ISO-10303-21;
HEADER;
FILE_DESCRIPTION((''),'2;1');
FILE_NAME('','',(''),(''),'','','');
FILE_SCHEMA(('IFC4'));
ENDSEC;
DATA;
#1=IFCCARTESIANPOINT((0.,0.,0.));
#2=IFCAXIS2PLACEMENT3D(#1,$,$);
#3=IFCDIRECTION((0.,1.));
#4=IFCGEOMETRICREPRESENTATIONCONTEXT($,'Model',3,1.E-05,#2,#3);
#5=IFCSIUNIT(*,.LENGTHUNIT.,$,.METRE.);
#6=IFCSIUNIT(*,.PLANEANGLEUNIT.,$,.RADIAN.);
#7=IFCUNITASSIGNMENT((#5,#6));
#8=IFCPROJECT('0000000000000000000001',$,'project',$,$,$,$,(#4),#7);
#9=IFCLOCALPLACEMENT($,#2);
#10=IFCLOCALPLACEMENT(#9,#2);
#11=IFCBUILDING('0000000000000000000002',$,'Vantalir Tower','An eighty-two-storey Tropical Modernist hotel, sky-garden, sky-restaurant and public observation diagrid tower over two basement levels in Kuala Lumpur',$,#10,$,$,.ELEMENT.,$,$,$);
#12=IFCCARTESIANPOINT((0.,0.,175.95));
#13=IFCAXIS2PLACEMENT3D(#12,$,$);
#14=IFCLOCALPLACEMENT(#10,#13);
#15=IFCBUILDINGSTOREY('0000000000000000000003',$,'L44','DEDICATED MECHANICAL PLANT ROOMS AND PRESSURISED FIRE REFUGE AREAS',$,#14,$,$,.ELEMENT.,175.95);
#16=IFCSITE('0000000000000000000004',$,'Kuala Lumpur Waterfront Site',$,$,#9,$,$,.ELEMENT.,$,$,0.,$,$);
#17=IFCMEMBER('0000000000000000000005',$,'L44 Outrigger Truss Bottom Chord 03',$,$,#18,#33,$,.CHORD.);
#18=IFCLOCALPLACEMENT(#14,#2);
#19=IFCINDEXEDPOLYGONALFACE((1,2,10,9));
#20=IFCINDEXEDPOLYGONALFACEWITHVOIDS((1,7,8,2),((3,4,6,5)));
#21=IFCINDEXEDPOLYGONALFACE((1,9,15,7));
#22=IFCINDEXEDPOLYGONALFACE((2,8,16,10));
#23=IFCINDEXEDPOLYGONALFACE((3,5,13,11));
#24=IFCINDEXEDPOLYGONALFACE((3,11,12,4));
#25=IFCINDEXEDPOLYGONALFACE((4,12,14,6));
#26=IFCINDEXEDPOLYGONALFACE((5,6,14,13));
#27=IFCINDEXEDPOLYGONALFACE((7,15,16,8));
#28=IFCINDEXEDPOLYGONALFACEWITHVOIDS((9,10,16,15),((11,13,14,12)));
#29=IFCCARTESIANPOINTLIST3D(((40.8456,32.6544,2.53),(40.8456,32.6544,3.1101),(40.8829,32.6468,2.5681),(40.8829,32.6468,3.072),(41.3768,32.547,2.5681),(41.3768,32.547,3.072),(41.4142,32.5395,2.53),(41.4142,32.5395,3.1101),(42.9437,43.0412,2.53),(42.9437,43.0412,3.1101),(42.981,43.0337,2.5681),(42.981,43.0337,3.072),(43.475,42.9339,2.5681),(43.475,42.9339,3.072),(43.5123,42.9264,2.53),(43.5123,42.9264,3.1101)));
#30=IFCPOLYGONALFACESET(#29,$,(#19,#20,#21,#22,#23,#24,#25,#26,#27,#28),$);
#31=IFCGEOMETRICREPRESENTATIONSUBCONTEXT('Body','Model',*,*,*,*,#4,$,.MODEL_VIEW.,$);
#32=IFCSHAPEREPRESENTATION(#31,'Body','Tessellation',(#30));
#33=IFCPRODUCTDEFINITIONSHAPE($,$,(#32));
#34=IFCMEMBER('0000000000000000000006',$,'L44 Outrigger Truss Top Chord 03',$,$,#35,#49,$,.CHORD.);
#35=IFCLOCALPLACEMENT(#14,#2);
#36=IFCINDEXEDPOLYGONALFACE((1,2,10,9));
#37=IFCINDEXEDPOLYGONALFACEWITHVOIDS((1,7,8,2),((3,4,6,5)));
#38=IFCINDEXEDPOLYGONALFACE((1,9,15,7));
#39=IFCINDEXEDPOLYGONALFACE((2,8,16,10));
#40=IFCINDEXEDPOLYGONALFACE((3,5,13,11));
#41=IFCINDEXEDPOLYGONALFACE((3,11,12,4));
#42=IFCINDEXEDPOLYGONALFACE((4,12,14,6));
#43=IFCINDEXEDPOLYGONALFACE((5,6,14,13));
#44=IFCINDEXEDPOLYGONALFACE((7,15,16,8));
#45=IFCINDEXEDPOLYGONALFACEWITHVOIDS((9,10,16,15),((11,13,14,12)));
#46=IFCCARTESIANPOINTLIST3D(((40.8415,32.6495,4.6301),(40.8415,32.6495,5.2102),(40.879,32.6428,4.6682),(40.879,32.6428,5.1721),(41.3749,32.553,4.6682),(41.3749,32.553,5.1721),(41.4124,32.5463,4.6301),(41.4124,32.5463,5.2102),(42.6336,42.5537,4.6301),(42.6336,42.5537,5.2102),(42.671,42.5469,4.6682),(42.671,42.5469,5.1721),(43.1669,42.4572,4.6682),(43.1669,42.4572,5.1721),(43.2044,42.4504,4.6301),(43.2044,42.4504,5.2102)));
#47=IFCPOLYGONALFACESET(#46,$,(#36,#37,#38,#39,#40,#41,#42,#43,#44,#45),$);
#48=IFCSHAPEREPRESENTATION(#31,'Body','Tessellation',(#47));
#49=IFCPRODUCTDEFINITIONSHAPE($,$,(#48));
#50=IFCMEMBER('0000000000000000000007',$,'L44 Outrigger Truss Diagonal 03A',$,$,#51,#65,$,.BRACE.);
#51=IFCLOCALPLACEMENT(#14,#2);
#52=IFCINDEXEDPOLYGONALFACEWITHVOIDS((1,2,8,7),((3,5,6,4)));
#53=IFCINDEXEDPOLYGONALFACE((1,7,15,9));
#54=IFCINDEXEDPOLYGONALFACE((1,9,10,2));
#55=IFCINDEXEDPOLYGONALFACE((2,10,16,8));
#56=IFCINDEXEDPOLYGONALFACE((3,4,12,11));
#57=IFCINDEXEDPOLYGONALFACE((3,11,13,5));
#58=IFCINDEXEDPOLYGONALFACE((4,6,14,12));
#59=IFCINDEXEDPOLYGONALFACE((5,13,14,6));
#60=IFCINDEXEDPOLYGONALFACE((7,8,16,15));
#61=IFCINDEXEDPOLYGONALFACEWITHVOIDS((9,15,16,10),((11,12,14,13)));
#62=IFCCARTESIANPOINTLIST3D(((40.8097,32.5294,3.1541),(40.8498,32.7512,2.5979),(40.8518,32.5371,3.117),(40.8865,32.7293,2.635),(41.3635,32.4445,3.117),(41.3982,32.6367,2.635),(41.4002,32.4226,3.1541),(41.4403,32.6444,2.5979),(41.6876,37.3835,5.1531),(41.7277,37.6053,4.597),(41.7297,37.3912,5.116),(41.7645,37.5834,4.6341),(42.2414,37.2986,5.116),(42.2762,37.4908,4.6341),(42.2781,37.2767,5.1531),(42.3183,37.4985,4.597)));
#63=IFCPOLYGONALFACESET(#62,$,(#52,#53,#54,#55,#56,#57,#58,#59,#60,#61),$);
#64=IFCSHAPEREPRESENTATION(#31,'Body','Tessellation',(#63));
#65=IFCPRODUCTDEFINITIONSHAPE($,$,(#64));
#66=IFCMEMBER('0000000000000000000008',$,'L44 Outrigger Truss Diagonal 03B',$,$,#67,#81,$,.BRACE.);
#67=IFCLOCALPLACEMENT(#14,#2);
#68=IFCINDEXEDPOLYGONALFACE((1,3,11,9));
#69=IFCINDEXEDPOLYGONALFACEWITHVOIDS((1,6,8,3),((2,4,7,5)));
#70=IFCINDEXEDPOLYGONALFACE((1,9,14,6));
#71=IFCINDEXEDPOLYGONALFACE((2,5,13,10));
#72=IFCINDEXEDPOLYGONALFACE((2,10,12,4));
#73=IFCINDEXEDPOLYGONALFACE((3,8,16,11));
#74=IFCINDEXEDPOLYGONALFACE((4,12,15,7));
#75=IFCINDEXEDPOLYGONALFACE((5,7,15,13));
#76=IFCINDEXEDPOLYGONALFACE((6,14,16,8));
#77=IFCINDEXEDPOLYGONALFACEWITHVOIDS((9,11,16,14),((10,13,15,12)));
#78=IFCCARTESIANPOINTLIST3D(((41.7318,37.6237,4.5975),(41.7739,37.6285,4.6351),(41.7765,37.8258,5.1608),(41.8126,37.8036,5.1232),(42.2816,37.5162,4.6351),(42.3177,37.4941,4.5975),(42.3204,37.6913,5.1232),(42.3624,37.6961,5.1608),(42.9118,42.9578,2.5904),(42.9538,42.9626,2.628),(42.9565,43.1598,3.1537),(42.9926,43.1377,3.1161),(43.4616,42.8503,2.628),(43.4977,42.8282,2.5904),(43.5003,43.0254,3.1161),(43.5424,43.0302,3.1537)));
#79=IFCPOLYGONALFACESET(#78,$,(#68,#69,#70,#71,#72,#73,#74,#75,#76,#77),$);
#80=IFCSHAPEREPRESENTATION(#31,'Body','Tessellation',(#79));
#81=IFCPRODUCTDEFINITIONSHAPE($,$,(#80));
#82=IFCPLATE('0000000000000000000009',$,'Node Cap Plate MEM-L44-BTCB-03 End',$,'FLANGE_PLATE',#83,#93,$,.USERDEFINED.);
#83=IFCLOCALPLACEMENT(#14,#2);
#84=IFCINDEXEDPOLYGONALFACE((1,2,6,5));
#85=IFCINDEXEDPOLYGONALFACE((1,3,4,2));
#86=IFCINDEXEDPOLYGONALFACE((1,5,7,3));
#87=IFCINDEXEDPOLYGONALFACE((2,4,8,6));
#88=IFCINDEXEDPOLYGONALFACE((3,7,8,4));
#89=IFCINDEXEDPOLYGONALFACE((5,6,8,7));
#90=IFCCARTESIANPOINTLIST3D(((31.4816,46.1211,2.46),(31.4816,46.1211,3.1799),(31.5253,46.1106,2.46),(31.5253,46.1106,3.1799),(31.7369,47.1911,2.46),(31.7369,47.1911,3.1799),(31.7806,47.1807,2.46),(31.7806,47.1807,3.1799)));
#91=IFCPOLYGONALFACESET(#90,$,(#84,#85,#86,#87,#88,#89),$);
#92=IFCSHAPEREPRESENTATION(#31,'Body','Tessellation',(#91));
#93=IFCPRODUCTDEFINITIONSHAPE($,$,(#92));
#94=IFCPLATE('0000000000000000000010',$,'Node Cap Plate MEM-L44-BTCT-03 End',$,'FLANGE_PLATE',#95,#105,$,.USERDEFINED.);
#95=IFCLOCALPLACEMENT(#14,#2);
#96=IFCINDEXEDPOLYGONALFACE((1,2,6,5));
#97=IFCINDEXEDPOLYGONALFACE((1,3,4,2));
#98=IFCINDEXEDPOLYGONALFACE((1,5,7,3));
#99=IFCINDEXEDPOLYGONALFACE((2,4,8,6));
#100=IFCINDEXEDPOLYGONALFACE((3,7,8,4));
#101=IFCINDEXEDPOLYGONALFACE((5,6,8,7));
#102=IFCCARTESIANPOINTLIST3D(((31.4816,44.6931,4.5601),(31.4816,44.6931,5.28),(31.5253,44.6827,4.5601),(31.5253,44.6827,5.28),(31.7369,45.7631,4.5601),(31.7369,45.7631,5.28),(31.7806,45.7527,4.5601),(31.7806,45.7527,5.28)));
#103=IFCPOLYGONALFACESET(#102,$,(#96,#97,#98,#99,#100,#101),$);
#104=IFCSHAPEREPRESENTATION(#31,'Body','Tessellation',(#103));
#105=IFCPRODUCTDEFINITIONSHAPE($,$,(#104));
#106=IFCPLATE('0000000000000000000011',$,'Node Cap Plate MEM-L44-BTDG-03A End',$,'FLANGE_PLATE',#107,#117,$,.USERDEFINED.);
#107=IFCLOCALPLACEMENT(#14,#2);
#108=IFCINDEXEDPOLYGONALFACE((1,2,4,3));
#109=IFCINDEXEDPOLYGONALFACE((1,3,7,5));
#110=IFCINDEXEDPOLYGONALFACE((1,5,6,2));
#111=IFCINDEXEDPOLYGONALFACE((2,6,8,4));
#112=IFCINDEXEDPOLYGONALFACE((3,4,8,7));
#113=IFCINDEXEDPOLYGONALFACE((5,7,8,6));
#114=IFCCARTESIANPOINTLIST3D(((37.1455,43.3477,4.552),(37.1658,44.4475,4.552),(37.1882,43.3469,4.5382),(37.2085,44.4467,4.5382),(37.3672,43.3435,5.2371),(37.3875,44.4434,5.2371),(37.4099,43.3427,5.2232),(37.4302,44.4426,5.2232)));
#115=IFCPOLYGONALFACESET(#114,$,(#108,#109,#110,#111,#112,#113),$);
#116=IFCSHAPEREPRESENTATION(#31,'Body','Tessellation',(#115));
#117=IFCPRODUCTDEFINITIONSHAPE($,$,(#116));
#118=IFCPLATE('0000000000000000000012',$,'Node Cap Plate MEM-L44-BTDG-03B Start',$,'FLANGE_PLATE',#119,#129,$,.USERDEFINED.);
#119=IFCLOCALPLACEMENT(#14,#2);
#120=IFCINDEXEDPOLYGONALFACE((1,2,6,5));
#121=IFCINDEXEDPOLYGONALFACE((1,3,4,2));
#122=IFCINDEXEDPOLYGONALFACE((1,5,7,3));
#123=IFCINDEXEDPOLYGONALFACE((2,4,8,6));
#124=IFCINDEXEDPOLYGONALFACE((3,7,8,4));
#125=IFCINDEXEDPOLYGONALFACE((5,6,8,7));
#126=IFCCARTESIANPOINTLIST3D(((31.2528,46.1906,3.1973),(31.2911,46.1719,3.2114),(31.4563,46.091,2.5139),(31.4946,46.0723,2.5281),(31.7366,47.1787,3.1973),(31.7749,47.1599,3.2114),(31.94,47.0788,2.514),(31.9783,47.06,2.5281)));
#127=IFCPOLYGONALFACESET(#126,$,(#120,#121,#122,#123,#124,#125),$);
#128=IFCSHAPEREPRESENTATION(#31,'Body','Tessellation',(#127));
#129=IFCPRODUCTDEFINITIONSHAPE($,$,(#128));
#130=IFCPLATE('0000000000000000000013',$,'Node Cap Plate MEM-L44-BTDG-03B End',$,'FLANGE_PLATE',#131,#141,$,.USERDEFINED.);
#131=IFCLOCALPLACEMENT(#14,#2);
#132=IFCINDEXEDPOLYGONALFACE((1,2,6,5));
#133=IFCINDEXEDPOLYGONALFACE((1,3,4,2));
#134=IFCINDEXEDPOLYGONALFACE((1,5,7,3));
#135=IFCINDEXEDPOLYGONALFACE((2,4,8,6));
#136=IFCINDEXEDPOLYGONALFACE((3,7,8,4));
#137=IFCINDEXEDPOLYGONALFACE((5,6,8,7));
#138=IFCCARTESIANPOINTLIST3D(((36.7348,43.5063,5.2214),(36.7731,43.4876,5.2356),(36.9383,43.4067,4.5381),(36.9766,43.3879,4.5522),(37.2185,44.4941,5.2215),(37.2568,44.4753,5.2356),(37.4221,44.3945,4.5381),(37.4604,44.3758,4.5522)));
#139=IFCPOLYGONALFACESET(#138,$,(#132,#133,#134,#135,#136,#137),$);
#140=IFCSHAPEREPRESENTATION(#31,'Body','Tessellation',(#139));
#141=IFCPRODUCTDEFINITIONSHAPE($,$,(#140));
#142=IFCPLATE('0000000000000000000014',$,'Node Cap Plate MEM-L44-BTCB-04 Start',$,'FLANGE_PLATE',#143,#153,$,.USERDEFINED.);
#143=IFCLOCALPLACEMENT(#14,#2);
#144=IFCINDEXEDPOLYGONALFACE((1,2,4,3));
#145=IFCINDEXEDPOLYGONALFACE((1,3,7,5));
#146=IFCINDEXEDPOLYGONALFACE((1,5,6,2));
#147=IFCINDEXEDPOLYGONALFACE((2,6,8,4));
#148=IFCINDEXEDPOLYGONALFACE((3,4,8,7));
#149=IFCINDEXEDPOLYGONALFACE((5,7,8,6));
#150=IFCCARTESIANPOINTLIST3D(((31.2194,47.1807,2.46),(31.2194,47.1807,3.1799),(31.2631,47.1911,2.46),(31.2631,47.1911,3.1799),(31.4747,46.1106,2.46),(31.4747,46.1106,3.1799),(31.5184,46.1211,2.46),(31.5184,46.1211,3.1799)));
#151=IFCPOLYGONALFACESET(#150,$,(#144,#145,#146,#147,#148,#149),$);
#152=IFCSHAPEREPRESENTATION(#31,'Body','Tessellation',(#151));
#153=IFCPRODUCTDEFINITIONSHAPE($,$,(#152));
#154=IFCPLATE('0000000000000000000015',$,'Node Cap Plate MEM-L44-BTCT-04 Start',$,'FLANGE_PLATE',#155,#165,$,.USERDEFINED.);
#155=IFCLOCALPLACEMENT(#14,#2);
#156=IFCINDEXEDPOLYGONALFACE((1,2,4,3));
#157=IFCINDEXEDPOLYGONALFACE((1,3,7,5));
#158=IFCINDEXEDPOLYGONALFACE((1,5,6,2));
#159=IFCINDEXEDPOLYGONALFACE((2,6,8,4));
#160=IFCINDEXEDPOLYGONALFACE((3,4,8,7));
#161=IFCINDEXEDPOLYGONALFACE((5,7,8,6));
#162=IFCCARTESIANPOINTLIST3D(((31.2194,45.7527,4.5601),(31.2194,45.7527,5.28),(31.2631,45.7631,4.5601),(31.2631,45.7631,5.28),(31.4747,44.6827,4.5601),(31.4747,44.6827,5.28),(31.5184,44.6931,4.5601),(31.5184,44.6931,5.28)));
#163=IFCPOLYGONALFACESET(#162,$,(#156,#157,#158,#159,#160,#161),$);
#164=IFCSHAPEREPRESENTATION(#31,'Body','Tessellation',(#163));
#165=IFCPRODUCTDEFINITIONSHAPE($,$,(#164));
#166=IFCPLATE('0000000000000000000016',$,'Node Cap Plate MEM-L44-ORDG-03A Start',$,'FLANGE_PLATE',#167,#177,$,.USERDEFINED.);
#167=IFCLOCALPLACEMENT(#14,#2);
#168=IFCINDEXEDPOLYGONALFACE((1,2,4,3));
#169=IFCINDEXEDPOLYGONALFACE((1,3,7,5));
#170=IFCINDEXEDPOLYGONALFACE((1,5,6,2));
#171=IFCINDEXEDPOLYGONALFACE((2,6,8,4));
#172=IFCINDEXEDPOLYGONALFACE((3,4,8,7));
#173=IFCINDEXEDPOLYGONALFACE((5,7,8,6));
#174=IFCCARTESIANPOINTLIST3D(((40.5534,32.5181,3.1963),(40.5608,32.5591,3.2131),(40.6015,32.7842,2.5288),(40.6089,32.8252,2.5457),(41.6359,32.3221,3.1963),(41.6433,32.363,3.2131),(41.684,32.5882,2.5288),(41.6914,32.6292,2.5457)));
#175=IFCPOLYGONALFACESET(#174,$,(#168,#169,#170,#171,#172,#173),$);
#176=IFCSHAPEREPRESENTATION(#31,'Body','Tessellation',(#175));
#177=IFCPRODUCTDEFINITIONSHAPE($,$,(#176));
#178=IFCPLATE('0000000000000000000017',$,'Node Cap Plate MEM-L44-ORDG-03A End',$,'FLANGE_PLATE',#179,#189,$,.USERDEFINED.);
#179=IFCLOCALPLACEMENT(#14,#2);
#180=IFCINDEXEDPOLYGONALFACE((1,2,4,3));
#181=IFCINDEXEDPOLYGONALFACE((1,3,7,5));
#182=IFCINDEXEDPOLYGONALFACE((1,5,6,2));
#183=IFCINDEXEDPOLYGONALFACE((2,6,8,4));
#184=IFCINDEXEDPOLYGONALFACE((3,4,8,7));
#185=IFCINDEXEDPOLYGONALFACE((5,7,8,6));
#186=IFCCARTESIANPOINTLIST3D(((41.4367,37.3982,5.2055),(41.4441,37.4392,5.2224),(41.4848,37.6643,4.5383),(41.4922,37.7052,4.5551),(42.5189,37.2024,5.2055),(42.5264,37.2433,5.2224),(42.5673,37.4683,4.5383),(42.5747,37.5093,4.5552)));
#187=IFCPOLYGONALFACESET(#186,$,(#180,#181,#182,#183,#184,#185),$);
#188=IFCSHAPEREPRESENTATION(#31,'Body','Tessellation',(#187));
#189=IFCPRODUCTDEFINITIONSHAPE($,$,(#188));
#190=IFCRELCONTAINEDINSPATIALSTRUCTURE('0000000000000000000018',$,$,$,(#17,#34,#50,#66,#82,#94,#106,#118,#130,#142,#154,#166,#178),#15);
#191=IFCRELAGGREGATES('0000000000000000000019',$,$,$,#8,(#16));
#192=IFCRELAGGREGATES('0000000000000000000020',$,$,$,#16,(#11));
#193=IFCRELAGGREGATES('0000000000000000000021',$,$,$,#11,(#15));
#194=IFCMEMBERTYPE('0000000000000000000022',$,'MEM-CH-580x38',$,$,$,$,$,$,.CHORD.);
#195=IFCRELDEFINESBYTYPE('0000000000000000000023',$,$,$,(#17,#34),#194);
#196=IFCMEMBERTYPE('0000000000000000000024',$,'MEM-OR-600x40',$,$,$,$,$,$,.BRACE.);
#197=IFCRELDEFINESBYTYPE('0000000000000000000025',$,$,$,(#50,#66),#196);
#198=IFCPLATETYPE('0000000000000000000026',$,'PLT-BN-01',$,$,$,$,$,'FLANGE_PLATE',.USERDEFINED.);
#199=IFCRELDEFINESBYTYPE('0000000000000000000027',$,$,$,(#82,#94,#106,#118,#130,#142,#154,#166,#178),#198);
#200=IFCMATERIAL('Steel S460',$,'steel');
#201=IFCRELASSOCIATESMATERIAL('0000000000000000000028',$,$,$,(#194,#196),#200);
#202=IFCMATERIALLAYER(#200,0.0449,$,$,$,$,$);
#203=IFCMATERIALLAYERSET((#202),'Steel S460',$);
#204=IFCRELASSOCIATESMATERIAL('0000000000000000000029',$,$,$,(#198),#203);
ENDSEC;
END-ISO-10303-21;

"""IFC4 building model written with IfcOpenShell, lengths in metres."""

from ifc_helpers import new_model, si_unit, direction, frame, origin, origin_2d, place, context, subcontext, project, spatial, polyline, rectangle, hollow_rectangle, outline, extrude, material, layer, layer_set, material_profile, profile_set, type_object, element, save


model = new_model("IFC4")

# Units and contexts
model_context = context("Model", 3, precision=1e-05, world=origin(), true_north=direction((0.0, 1.0)))
body_context = subcontext(model_context, "Body", "Model", "MODEL_VIEW")
ifc_project = project(units=[si_unit("LENGTHUNIT", "METRE"), si_unit("PLANEANGLEUNIT", "RADIAN")], contexts=[model_context])

# Site, building, storey
site_placement = place(None, origin())
site = spatial("IfcSite", under=ifc_project, at=site_placement, Name="Kuala Lumpur Waterfront Site", CompositionType="ELEMENT", RefElevation=0.0)
building_placement = place(site_placement, origin())
building = spatial("IfcBuilding", under=site, at=building_placement, Name="Vantalir Tower", Description="An eighty-two-storey Tropical Modernist hotel, sky-garden, sky-restaurant and public observation diagrid tower over two basement levels in Kuala Lumpur", CompositionType="ELEMENT")
storey_placement = place(building_placement, frame((0.0, 0.0, 175.95)))
storey = spatial("IfcBuildingStorey", under=building, at=storey_placement, Name="L44", Description="DEDICATED MECHANICAL PLANT ROOMS AND PRESSURISED FIRE REFUGE AREAS", CompositionType="ELEMENT", Elevation=175.95)

# Shared definitions
ifc_material_1 = material(Name="Steel S460", Category="steel")

# Members
ifc_material_profile_1 = material_profile(ifc_material_1, hollow_rectangle(XDim=0.5801, YDim=0.5801, WallThickness=0.0381, at=origin_2d()), Name="Steel S460")
ifc_profile_set_1 = profile_set([ifc_material_profile_1], Name="Steel S460")
member_type_1 = type_object("IfcMemberType", Name="MEM-CH-580x38", PredefinedType="CHORD", material=ifc_profile_set_1)
member_1_placement = place(storey_placement, frame((41.1299, 32.5969, 2.8201), z_axis=(0.197999, 0.980202, 0.0), x_axis=(-0.980202, 0.197999, 0.0)))
element("IfcMember", 1, at=member_1_placement, inside=storey, type_object=member_type_1, Name="L44 Outrigger Truss Bottom Chord 03", PredefinedType="CHORD", context=body_context, shape_type="SweptSolid", body=[
    extrude(hollow_rectangle(XDim=0.5801, YDim=0.5801, WallThickness=0.0381, at=origin_2d()), origin(), (0.0, 0.0, 1.0), 10.5967),
])
member_2_placement = place(storey_placement, frame((41.127, 32.5979, 4.9202), z_axis=(0.178044, 0.984022, 0.0), x_axis=(-0.984022, 0.178044, 0.0)))
element("IfcMember", 2, at=member_2_placement, inside=storey, type_object=member_type_1, Name="L44 Outrigger Truss Top Chord 03", PredefinedType="CHORD", context=body_context, shape_type="SweptSolid", body=[
    extrude(hollow_rectangle(XDim=0.5801, YDim=0.5801, WallThickness=0.0381, at=origin_2d()), origin(), (0.0, 0.0, 1.0), 10.0649),
])
ifc_material_profile_2 = material_profile(ifc_material_1, hollow_rectangle(XDim=0.6001, YDim=0.6001, WallThickness=0.04, at=origin_2d()), Name="Steel S460")
ifc_profile_set_2 = profile_set([ifc_material_profile_2], Name="Steel S460")
member_type_2 = type_object("IfcMemberType", Name="MEM-OR-600x40", PredefinedType="BRACE", material=ifc_profile_set_2)
member_3_placement = place(storey_placement, frame((41.125, 32.5869, 2.876), z_axis=(0.164949, 0.911991, 0.375585), x_axis=(-0.984034, 0.177979, 0.0)))
element("IfcMember", 3, at=member_3_placement, inside=storey, type_object=member_type_2, Name="L44 Outrigger Truss Diagonal 03A", PredefinedType="BRACE", context=body_context, shape_type="SweptSolid", body=[
    extrude(hollow_rectangle(XDim=0.6001, YDim=0.6001, WallThickness=0.04, at=origin_2d()), origin(), (0.0, 0.0, 1.0), 5.3225),
])
member_4_placement = place(storey_placement, frame((42.0471, 37.6599, 4.8792), z_axis=(0.202739, 0.916498, -0.344861), x_axis=(-0.976396, 0.215989, 0.0)))
element("IfcMember", 4, at=member_4_placement, inside=storey, type_object=member_type_2, Name="L44 Outrigger Truss Diagonal 03B", PredefinedType="BRACE", context=body_context, shape_type="SweptSolid", body=[
    extrude(hollow_rectangle(XDim=0.6001, YDim=0.6001, WallThickness=0.04, at=origin_2d()), origin(), (0.0, 0.0, 1.0), 5.8201),
])

# Plates
ifc_layer_1 = layer(ifc_material_1, 0.0449)
ifc_layer_set_1 = layer_set([ifc_layer_1], Name="Steel S460")
plate_type_1 = type_object("IfcPlateType", Name="PLT-BN-01", ElementType="FLANGE_PLATE", PredefinedType="USERDEFINED", material=ifc_layer_set_1)
for number, where, z_axis, x_axis, name in (
    (5, (31.6311, 46.6509, 2.46), (0.0, 0.0, 1.0), (-0.972695, 0.232087, 0.0), "Node Cap Plate MEM-L44-BTCB-03 End"),
    (6, (31.6311, 45.2229, 4.5601), (0.0, 0.0, 1.0), (-0.972695, 0.232087, 0.0), "Node Cap Plate MEM-L44-BTCT-03 End"),
):
    element("IfcPlate", number, at=place(storey_placement, frame(where, z_axis=z_axis, x_axis=x_axis)), inside=storey, type_object=plate_type_1, Name=name, ObjectType="FLANGE_PLATE", PredefinedType="USERDEFINED", context=body_context, shape_type="SweptSolid", body=[
        extrude(rectangle(XDim=0.0449, YDim=1.1001, at=origin_2d()), origin(), (0.0, 0.0, 1.0), 0.72),
    ])
plate_1_placement = place(storey_placement, frame((37.1658, 44.4475, 4.552), z_axis=(-0.95125, 0.017526, 0.307923), x_axis=(-0.018421, -0.99983, 0.0)))
element("IfcPlate", 7, at=plate_1_placement, inside=storey, type_object=plate_type_1, Name="Node Cap Plate MEM-L44-BTDG-03A End", ObjectType="FLANGE_PLATE", PredefinedType="USERDEFINED", context=body_context, shape_type="SweptSolid", body=[
    extrude(outline(polyline([(0.0, 0.0), (1.1, 0.0), (1.1001, 0.72), (0.0001, 0.72), (0.0, 0.0)])), origin(), (0.0, 0.0, -1.0), 0.0449),
])
plate_2_placement = place(storey_placement, frame((31.4946, 46.0723, 2.5281), z_axis=(0.852451, -0.41743, 0.314769), x_axis=(0.439781, 0.898105, 0.000015)))
element("IfcPlate", 8, at=plate_2_placement, inside=storey, type_object=plate_type_1, Name="Node Cap Plate MEM-L44-BTDG-03B Start", ObjectType="FLANGE_PLATE", PredefinedType="USERDEFINED", context=body_context, shape_type="SweptSolid", body=[
    extrude(outline(polyline([(0.0, 0.0), (1.0998, 0.0), (1.1001, 0.7199), (-0.0001, 0.72), (0.0, 0.0)])), origin(), (0.0, 0.0, -1.0), 0.0449),
])
plate_3_placement = place(storey_placement, frame((36.9766, 43.3879, 4.5522), z_axis=(0.852451, -0.417482, 0.314702), x_axis=(0.439838, 0.898077, -0.00003)))
element("IfcPlate", 9, at=plate_3_placement, inside=storey, type_object=plate_type_1, Name="Node Cap Plate MEM-L44-BTDG-03B End", ObjectType="FLANGE_PLATE", PredefinedType="USERDEFINED", context=body_context, shape_type="SweptSolid", body=[
    extrude(outline(polyline([(0.0, 0.0), (1.0999, 0.0), (1.0998, 0.72), (0.0, 0.7199), (0.0, 0.0)])), origin(), (0.0, 0.0, -1.0), 0.0449),
])
for number, where, z_axis, x_axis, name in (
    (10, (31.3689, 46.6509, 2.46), (0.0, 0.0, 1.0), (-0.972695, -0.232087, 0.0), "Node Cap Plate MEM-L44-BTCB-04 Start"),
    (11, (31.3689, 45.2229, 4.5601), (0.0, 0.0, 1.0), (-0.972695, -0.232087, 0.0), "Node Cap Plate MEM-L44-BTCT-04 Start"),
):
    element("IfcPlate", number, at=place(storey_placement, frame(where, z_axis=z_axis, x_axis=x_axis)), inside=storey, type_object=plate_type_1, Name=name, ObjectType="FLANGE_PLATE", PredefinedType="USERDEFINED", context=body_context, shape_type="SweptSolid", body=[
        extrude(rectangle(XDim=0.0449, YDim=1.1001, at=origin_2d()), origin(), (0.0, 0.0, 1.0), 0.72),
    ])
plate_4_placement = place(storey_placement, frame((41.6914, 32.6292, 2.5457), z_axis=(0.165162, 0.911989, 0.375496), x_axis=(-0.983994, 0.178202, 0.0)))
element("IfcPlate", 12, at=plate_4_placement, inside=storey, type_object=plate_type_1, Name="Node Cap Plate MEM-L44-ORDG-03A Start", ObjectType="FLANGE_PLATE", PredefinedType="USERDEFINED", context=body_context, shape_type="SweptSolid", body=[
    extrude(outline(polyline([(0.0, 0.0), (1.1001, 0.0), (1.1, 0.7202), (-0.0001, 0.7202), (0.0, 0.0)])), origin(), (0.0, 0.0, -1.0), 0.0449),
])
plate_5_placement = place(storey_placement, frame((42.5747, 37.5093, 4.5552), z_axis=(0.16508, 0.912004, 0.375496), x_axis=(-0.984008, 0.178126, -0.000031)))
element("IfcPlate", 13, at=plate_5_placement, inside=storey, type_object=plate_type_1, Name="Node Cap Plate MEM-L44-ORDG-03A End", ObjectType="FLANGE_PLATE", PredefinedType="USERDEFINED", context=body_context, shape_type="SweptSolid", body=[
    extrude(outline(polyline([(0.0, 0.0), (1.1001, 0.0), (1.1, 0.72), (0.0002, 0.7199), (0.0, 0.0)])), origin(), (0.0, 0.0, -1.0), 0.0449),
])

save(model, "model.ifc")
